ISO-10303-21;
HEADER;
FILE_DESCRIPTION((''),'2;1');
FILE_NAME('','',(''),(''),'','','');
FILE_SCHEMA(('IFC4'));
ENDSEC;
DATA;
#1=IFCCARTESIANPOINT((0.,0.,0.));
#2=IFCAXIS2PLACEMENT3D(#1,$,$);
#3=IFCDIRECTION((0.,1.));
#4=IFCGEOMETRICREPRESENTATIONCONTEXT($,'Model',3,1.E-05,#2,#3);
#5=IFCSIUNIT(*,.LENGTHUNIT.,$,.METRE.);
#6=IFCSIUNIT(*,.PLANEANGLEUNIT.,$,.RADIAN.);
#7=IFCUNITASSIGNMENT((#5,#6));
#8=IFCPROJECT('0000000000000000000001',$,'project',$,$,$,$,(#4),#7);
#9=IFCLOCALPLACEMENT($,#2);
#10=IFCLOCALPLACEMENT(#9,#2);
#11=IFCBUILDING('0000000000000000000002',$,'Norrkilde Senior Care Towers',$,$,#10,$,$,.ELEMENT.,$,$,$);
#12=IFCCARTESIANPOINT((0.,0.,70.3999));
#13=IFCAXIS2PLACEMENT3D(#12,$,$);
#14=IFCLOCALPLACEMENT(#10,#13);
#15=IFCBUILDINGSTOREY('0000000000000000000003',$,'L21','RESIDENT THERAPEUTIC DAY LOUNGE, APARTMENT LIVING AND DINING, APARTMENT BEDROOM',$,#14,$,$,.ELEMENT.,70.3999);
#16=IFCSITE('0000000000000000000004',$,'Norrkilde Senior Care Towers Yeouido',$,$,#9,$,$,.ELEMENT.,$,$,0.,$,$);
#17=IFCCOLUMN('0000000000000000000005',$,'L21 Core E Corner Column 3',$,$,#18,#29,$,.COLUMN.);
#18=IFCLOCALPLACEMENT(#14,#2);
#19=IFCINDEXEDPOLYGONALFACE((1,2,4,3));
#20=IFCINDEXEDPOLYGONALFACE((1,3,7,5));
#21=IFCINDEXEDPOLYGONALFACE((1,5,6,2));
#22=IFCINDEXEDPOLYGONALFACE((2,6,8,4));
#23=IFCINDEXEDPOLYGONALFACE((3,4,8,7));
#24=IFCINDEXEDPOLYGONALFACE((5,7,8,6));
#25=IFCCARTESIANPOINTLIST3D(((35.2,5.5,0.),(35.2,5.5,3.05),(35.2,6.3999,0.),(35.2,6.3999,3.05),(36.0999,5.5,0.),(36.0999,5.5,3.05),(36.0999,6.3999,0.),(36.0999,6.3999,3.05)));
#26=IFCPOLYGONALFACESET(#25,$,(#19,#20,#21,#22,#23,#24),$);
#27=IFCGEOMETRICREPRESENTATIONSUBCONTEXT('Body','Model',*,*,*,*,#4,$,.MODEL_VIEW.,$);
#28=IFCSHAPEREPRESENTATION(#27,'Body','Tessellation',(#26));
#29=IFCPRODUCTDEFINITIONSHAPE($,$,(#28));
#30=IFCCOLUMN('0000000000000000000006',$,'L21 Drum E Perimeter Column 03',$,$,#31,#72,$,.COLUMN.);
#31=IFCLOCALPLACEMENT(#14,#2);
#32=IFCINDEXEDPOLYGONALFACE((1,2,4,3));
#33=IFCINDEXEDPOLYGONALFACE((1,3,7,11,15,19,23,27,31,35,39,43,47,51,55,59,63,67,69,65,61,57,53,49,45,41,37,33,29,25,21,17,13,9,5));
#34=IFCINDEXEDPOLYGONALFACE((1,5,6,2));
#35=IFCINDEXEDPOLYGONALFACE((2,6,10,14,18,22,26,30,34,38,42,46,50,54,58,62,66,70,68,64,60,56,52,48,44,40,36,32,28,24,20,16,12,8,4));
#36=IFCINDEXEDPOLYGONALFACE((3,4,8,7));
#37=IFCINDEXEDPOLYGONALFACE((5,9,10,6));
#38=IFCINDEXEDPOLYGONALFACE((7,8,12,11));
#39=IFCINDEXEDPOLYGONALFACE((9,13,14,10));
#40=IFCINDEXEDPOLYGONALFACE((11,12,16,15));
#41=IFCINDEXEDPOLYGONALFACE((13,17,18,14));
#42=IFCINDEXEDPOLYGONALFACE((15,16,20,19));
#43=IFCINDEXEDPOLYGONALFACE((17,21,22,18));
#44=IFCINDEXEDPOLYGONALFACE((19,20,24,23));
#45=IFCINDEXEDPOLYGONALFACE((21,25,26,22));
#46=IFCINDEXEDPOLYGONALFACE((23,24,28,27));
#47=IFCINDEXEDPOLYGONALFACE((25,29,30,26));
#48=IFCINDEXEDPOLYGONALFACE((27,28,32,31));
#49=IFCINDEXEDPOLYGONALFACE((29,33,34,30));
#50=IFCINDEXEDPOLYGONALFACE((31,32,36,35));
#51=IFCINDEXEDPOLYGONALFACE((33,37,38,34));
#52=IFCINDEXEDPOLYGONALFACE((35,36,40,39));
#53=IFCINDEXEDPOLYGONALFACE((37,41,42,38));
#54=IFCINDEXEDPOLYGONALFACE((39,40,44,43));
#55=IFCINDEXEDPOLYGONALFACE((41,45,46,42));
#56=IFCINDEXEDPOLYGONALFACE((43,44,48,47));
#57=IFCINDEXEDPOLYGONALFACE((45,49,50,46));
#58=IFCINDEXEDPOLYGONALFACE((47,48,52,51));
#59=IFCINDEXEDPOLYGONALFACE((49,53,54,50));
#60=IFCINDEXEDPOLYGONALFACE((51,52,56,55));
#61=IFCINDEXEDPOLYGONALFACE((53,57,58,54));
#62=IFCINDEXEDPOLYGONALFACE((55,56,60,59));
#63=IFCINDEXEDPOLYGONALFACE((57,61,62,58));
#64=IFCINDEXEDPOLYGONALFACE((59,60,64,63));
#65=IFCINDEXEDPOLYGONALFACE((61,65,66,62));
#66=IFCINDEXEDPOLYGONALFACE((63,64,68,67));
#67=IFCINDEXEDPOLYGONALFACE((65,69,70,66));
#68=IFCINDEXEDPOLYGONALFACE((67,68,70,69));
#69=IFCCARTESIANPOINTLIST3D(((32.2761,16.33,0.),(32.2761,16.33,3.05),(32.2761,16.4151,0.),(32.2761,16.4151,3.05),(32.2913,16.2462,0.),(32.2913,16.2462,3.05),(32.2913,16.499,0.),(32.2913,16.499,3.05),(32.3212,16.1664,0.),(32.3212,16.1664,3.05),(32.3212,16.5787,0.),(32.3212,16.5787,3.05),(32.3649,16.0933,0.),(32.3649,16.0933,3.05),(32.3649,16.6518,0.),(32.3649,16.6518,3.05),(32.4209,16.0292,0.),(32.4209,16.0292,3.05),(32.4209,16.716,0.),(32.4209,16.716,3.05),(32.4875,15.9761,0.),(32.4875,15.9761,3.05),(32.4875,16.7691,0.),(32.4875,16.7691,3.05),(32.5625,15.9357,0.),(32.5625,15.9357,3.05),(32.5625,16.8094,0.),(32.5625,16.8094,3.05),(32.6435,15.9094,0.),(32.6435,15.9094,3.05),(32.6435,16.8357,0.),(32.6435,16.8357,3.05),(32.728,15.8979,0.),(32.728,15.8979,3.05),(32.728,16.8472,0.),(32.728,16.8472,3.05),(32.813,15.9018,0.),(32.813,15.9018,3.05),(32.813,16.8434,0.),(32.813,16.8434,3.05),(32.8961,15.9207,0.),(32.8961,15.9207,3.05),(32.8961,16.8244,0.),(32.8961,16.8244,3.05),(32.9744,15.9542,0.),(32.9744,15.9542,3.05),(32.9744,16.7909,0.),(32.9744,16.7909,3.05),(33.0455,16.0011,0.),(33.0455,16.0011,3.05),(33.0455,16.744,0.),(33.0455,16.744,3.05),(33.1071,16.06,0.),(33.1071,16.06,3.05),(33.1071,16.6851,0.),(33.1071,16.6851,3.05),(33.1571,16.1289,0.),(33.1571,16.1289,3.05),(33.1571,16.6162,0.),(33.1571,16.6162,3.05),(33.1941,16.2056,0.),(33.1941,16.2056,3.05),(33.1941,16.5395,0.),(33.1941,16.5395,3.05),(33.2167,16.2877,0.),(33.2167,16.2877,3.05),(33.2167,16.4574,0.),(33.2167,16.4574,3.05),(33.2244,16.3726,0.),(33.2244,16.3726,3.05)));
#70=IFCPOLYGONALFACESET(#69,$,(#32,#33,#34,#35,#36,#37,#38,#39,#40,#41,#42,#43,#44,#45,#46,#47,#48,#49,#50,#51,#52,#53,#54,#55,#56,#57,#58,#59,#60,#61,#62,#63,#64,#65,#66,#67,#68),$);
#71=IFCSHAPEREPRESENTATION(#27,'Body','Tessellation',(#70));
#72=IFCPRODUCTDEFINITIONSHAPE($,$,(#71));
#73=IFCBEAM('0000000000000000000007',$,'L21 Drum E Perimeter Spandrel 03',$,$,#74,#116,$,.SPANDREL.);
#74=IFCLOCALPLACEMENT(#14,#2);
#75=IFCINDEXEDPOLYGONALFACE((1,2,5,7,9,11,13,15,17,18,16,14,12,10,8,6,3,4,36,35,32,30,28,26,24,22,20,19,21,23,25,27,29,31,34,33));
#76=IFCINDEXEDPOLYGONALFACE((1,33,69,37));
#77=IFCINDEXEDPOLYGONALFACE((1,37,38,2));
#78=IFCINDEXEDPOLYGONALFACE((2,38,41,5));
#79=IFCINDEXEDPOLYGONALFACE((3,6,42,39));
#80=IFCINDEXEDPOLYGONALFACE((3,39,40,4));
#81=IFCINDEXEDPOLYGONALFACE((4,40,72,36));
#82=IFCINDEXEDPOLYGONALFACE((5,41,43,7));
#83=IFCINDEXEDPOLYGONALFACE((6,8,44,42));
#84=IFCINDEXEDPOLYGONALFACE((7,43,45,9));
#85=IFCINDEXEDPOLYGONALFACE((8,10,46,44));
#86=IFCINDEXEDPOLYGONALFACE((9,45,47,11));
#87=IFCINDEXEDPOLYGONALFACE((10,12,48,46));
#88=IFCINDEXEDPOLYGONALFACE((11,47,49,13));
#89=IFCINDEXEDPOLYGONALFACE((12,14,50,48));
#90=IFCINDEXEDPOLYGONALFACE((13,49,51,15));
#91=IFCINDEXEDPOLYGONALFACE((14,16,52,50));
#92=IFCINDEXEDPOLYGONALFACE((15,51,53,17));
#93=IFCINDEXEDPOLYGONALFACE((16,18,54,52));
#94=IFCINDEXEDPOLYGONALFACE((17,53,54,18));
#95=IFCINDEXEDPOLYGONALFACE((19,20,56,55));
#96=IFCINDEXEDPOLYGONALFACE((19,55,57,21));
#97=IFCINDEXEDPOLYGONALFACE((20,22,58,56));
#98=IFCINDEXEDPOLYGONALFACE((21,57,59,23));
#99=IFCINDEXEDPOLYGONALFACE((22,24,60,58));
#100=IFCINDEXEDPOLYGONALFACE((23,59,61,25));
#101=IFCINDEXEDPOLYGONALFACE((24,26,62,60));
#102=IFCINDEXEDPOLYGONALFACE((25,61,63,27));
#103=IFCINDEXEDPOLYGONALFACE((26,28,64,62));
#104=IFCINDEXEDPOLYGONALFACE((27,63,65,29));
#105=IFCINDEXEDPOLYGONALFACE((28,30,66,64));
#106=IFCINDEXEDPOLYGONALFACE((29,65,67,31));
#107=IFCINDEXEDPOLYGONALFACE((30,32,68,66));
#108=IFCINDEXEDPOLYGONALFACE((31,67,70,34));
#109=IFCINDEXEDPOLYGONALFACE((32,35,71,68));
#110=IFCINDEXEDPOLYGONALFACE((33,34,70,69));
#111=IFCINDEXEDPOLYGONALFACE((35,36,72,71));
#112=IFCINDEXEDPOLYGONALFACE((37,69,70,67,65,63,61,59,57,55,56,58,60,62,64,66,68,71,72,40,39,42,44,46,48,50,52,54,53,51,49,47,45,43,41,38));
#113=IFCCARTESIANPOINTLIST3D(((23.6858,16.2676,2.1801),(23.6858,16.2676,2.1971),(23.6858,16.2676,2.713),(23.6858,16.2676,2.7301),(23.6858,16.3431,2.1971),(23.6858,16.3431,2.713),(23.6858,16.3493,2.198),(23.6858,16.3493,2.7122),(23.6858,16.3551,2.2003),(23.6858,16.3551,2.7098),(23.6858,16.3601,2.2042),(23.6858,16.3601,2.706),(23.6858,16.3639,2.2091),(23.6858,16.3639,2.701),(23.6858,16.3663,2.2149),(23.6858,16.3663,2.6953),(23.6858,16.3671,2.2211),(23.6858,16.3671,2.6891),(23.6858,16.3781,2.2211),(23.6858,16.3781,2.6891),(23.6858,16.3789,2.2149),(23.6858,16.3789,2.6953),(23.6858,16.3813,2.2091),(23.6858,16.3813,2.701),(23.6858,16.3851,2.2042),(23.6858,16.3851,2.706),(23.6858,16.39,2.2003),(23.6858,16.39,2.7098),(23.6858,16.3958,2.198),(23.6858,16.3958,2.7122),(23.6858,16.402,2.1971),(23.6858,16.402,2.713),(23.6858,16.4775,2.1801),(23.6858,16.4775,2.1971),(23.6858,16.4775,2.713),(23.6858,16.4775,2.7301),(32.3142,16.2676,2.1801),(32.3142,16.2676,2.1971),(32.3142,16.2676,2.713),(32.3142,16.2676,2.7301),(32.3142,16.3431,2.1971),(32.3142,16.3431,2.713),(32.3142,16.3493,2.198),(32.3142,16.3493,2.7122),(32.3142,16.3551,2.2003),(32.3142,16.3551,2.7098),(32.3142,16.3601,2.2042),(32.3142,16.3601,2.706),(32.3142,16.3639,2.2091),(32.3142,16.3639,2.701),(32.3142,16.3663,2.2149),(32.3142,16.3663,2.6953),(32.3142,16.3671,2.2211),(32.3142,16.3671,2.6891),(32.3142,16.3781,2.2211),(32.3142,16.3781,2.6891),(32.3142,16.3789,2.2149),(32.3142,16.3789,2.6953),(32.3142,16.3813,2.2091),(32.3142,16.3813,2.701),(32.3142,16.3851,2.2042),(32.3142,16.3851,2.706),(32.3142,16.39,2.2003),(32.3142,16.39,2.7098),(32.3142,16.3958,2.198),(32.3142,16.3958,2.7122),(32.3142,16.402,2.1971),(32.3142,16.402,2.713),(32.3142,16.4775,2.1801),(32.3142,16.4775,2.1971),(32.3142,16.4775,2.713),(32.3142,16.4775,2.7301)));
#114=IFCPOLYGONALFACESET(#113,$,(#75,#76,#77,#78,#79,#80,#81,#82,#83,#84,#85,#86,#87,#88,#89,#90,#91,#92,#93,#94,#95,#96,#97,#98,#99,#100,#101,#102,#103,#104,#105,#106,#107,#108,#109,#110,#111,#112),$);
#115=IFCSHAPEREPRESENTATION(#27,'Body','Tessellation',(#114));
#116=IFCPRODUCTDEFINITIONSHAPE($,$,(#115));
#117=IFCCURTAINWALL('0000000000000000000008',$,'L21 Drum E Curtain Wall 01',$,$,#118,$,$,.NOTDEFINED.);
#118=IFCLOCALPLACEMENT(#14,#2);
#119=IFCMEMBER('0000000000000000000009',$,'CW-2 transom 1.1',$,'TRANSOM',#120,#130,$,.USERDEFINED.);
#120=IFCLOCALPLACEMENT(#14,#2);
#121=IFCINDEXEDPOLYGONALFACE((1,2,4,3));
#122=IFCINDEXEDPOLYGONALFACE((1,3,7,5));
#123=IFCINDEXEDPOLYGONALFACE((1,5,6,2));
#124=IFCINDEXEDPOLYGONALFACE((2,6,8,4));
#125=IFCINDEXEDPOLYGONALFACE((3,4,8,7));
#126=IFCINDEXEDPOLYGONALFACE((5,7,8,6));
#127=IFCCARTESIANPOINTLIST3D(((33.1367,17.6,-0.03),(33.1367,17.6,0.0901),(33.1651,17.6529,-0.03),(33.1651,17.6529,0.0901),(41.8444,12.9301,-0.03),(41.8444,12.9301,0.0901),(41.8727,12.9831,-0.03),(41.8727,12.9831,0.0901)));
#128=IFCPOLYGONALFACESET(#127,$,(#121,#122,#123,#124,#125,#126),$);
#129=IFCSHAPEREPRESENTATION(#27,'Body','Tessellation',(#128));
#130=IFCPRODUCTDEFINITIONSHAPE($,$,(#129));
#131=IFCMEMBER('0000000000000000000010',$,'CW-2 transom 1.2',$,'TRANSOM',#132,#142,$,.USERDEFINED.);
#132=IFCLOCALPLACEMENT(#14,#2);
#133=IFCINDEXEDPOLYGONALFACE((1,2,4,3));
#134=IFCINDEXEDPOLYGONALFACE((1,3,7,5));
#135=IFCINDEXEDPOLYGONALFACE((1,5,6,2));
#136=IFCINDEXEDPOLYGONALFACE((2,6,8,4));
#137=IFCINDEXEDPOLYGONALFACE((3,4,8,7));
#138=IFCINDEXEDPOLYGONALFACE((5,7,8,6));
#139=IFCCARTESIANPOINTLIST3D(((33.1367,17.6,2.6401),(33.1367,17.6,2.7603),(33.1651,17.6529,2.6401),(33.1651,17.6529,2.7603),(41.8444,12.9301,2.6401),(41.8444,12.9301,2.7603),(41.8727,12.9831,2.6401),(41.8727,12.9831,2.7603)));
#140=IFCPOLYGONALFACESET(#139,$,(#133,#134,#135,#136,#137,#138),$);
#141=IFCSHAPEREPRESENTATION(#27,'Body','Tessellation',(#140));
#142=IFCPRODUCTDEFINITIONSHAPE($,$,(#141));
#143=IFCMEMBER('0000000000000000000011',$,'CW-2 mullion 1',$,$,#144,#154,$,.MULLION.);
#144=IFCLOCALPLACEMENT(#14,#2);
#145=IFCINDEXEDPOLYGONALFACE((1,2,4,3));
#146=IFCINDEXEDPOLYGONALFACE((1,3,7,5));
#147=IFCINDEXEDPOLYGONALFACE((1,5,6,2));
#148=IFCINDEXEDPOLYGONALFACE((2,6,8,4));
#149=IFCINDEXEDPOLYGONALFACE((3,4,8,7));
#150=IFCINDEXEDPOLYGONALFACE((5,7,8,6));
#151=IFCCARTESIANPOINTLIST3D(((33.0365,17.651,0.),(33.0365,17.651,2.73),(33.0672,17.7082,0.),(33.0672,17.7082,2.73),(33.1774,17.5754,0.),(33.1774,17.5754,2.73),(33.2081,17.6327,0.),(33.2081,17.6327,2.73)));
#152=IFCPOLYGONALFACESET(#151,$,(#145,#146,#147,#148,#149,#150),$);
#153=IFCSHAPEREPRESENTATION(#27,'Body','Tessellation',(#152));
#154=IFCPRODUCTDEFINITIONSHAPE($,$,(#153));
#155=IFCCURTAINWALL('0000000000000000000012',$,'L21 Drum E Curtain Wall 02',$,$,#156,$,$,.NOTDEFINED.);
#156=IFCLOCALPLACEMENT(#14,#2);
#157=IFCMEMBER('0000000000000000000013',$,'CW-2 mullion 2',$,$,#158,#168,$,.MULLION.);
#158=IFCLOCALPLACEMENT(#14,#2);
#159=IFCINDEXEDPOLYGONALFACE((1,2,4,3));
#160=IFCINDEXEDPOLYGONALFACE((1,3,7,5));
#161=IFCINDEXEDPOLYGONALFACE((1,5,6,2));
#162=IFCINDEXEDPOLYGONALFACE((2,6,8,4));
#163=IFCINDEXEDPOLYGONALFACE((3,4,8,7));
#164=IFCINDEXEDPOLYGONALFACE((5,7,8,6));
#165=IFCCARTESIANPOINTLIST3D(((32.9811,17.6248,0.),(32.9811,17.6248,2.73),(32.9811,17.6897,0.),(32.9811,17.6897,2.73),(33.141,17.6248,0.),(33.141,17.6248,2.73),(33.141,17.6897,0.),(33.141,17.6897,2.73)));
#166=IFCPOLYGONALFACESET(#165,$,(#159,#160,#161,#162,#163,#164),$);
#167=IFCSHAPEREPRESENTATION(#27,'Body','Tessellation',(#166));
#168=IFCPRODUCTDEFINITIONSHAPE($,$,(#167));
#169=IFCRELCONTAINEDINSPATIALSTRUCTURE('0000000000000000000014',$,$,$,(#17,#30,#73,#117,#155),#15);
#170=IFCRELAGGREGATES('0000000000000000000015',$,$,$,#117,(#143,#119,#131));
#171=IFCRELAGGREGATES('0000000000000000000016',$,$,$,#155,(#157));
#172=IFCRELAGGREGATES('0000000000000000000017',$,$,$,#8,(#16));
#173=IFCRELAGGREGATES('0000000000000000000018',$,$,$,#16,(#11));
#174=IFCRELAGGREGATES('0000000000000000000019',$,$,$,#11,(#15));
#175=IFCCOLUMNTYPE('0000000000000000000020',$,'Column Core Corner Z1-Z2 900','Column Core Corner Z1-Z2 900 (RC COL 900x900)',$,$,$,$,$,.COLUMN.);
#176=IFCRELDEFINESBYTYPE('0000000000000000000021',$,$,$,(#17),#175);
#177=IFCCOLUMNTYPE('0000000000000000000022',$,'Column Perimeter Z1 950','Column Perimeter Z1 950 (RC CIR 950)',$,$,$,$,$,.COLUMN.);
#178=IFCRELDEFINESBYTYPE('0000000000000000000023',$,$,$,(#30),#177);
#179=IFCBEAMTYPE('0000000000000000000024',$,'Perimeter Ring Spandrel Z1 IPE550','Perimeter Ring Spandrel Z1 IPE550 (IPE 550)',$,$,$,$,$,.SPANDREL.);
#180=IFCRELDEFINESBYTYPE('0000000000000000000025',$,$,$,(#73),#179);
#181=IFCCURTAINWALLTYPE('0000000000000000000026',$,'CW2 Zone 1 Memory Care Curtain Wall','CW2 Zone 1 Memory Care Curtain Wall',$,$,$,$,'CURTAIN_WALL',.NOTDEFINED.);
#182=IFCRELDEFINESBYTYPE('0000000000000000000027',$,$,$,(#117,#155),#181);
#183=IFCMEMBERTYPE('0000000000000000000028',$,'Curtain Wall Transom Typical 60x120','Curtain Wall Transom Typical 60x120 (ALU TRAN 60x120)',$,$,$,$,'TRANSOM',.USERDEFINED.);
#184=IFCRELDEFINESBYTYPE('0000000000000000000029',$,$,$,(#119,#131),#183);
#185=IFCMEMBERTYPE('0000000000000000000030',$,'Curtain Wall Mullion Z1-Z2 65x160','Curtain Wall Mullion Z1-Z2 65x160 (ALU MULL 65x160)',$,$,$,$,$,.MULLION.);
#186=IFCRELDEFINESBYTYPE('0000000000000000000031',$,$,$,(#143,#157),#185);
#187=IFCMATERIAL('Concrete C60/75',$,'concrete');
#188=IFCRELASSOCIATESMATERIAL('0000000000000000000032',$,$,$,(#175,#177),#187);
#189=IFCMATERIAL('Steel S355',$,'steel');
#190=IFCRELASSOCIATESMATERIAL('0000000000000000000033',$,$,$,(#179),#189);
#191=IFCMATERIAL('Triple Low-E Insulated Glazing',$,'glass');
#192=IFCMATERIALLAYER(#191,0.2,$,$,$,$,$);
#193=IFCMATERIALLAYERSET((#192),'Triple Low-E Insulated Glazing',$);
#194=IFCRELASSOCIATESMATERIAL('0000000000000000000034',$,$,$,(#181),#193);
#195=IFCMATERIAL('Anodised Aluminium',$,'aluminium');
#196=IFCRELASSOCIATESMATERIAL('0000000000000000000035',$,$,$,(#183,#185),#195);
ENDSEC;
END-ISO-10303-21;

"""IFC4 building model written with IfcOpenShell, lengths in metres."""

from ifc_helpers import new_model, si_unit, direction, frame, origin, origin_2d, place, context, subcontext, project, spatial, rectangle, circle, i_section, extrude, source, transform, mapped, material, layer, layer_set, material_profile, profile_set, type_object, type_shapes, element, aggregate, save


model = new_model("IFC4")

# Units and contexts
model_context = context("Model", 3, precision=1e-05, world=origin(), true_north=direction((0.0, 1.0)))
body_context = subcontext(model_context, "Body", "Model", "MODEL_VIEW")
ifc_project = project(units=[si_unit("LENGTHUNIT", "METRE"), si_unit("PLANEANGLEUNIT", "RADIAN")], contexts=[model_context])

# Site, building, storey
site_placement = place(None, origin())
site = spatial("IfcSite", under=ifc_project, at=site_placement, Name="Norrkilde Senior Care Towers Yeouido", CompositionType="ELEMENT", RefElevation=0.0)
building_placement = place(site_placement, origin())
building = spatial("IfcBuilding", under=site, at=building_placement, Name="Norrkilde Senior Care Towers", CompositionType="ELEMENT")
storey_placement = place(building_placement, frame((0.0, 0.0, 70.3999)))
storey = spatial("IfcBuildingStorey", under=building, at=storey_placement, Name="L21", Description="RESIDENT THERAPEUTIC DAY LOUNGE, APARTMENT LIVING AND DINING, APARTMENT BEDROOM", CompositionType="ELEMENT", Elevation=70.3999)

# Columns
ifc_material_1 = material(Name="Concrete C60/75", Category="concrete")
ifc_material_profile_1 = material_profile(ifc_material_1, rectangle(XDim=0.8999, YDim=0.8999, at=origin_2d()), Name="RC COL 900x900")
ifc_profile_set_1 = profile_set([ifc_material_profile_1], Name="Concrete C60/75")
column_type_1 = type_object("IfcColumnType", Name="Column Core Corner Z1-Z2 900", Description="Column Core Corner Z1-Z2 900 (RC COL 900x900)", PredefinedType="COLUMN", material=ifc_profile_set_1)
shared_shape_1 = source(origin(), body_context, "Body", "SweptSolid", [
    extrude(rectangle(XDim=0.8999, YDim=0.8999, at=origin_2d()), origin(), (0.0, 0.0, 1.0), 3.05),
])
type_shapes(column_type_1, [shared_shape_1])
column_1_placement = place(storey_placement, frame((35.6499, 5.95, 0.0), z_axis=(0.0, 0.0, 1.0), x_axis=(1.0, 0.0, 0.0)))
element("IfcColumn", 1, at=column_1_placement, inside=storey, type_object=column_type_1, Name="L21 Core E Corner Column 3", PredefinedType="COLUMN", context=body_context, shape_type="MappedRepresentation", body=[
    mapped(shared_shape_1, transform((0.0, 0.0, 0.0), x_axis=(1.0, 0.0, 0.0), y_axis=(0.0, 1.0, 0.0), z_axis=(0.0, 0.0, 1.0), scale=1.0)),
])
ifc_material_profile_2 = material_profile(ifc_material_1, circle(Radius=0.4751, at=origin_2d()), Name="RC CIR 950")
ifc_profile_set_2 = profile_set([ifc_material_profile_2], Name="Concrete C60/75")
column_type_2 = type_object("IfcColumnType", Name="Column Perimeter Z1 950", Description="Column Perimeter Z1 950 (RC CIR 950)", PredefinedType="COLUMN", material=ifc_profile_set_2)
shared_shape_2 = source(origin(), body_context, "Body", "SweptSolid", [
    extrude(circle(Radius=0.4751, at=origin_2d()), origin(), (0.0, 0.0, 1.0), 3.05),
])
type_shapes(column_type_2, [shared_shape_2])
column_2_placement = place(storey_placement, frame((32.7493, 16.3726, 0.0), z_axis=(0.0, 0.0, 1.0), x_axis=(1.0, 0.0, 0.0)))
element("IfcColumn", 2, at=column_2_placement, inside=storey, type_object=column_type_2, Name="L21 Drum E Perimeter Column 03", PredefinedType="COLUMN", context=body_context, shape_type="MappedRepresentation", body=[
    mapped(shared_shape_2, transform((0.0, 0.0, 0.0), x_axis=(1.0, 0.0, 0.0), y_axis=(0.0, 1.0, 0.0), z_axis=(0.0, 0.0, 1.0), scale=1.0)),
])

# Beam
ifc_material_2 = material(Name="Steel S355", Category="steel")
ifc_material_profile_3 = material_profile(ifc_material_2, i_section(OverallWidth=0.21, OverallDepth=0.55, WebThickness=0.011, FlangeThickness=0.0171, FilletRadius=0.0239, at=origin_2d()), Name="IPE 550")
ifc_profile_set_3 = profile_set([ifc_material_profile_3], Name="Steel S355")
beam_type = type_object("IfcBeamType", Name="Perimeter Ring Spandrel Z1 IPE550", Description="Perimeter Ring Spandrel Z1 IPE550 (IPE 550)", PredefinedType="SPANDREL", material=ifc_profile_set_3)
shared_shape_3 = source(origin(), body_context, "Body", "SweptSolid", [
    extrude(i_section(OverallWidth=0.21, OverallDepth=0.55, WebThickness=0.011, FlangeThickness=0.0171, FilletRadius=0.0239, at=origin_2d()), origin(), (0.0, 0.0, 1.0), 8.6284),
])
type_shapes(beam_type, [shared_shape_3])
beam_placement = place(storey_placement, frame((32.3142, 16.3726, 2.4551), z_axis=(-1.0, 0.0, 0.0), x_axis=(0.0, -1.0, 0.0)))
element("IfcBeam", 3, at=beam_placement, inside=storey, type_object=beam_type, Name="L21 Drum E Perimeter Spandrel 03", PredefinedType="SPANDREL", context=body_context, shape_type="MappedRepresentation", body=[
    mapped(shared_shape_3, transform((0.0, 0.0, 0.0), x_axis=(1.0, 0.0, 0.0), y_axis=(0.0, 1.0, 0.0), z_axis=(0.0, 0.0, 1.0), scale=1.0)),
])

# Curtain wall, members
ifc_material_3 = material(Name="Triple Low-E Insulated Glazing", Category="glass")
ifc_layer_1 = layer(ifc_material_3, 0.2)
ifc_layer_set_1 = layer_set([ifc_layer_1], Name="Triple Low-E Insulated Glazing")
curtain_wall_type = type_object("IfcCurtainWallType", Name="CW2 Zone 1 Memory Care Curtain Wall", Description="CW2 Zone 1 Memory Care Curtain Wall", ElementType="CURTAIN_WALL", PredefinedType="NOTDEFINED", material=ifc_layer_set_1)
curtain_wall_1_placement = place(storey_placement, origin())
curtain_wall_1 = element("IfcCurtainWall", 4, at=curtain_wall_1_placement, inside=storey, type_object=curtain_wall_type, Name="L21 Drum E Curtain Wall 01", PredefinedType="NOTDEFINED")
ifc_material_4 = material(Name="Anodised Aluminium", Category="aluminium")
ifc_material_profile_4 = material_profile(ifc_material_4, rectangle(XDim=0.0601, YDim=0.1201, at=origin_2d()), Name="ALU TRAN 60x120")
ifc_profile_set_4 = profile_set([ifc_material_profile_4], Name="Anodised Aluminium")
member_type_1 = type_object("IfcMemberType", Name="Curtain Wall Transom Typical 60x120", Description="Curtain Wall Transom Typical 60x120 (ALU TRAN 60x120)", ElementType="TRANSOM", PredefinedType="USERDEFINED", material=ifc_profile_set_4)
shared_shape_4 = source(origin(), body_context, "Body", "SweptSolid", [
    extrude(rectangle(XDim=0.0601, YDim=0.1201, at=origin_2d()), origin(), (0.0, 0.0, 1.0), 9.8809),
])
type_shapes(member_type_1, [shared_shape_4])
member_1_placement = place(storey_placement, frame((33.1509, 17.6265, 0.03), z_axis=(0.881267, -0.472618, 0.0), x_axis=(0.472618, 0.881267, 0.0)))
member_1 = element("IfcMember", 5, at=member_1_placement, type_object=member_type_1, Name="CW-2 transom 1.1", ObjectType="TRANSOM", PredefinedType="USERDEFINED", context=body_context, shape_type="MappedRepresentation", body=[
    mapped(shared_shape_4, transform((0.0, 0.0, 0.0), x_axis=(1.0, 0.0, 0.0), y_axis=(0.0, 1.0, 0.0), z_axis=(0.0, 0.0, 1.0), scale=1.0)),
])
member_2_placement = place(storey_placement, frame((33.1509, 17.6265, 2.7002), z_axis=(0.881267, -0.472618, 0.0), x_axis=(0.472618, 0.881267, 0.0)))
member_2 = element("IfcMember", 6, at=member_2_placement, type_object=member_type_1, Name="CW-2 transom 1.2", ObjectType="TRANSOM", PredefinedType="USERDEFINED", context=body_context, shape_type="MappedRepresentation", body=[
    mapped(shared_shape_4, transform((0.0, 0.0, 0.0), x_axis=(1.0, 0.0, 0.0), y_axis=(0.0, 1.0, 0.0), z_axis=(0.0, 0.0, 1.0), scale=1.0)),
])
ifc_material_profile_5 = material_profile(ifc_material_4, rectangle(XDim=0.0649, YDim=0.1599, at=origin_2d()), Name="ALU MULL 65x160")
ifc_profile_set_5 = profile_set([ifc_material_profile_5], Name="Anodised Aluminium")
member_type_2 = type_object("IfcMemberType", Name="Curtain Wall Mullion Z1-Z2 65x160", Description="Curtain Wall Mullion Z1-Z2 65x160 (ALU MULL 65x160)", PredefinedType="MULLION", material=ifc_profile_set_5)
shared_shape_5 = source(origin(), body_context, "Body", "SweptSolid", [
    extrude(rectangle(XDim=0.0649, YDim=0.1599, at=origin_2d()), origin(), (0.0, 0.0, 1.0), 2.73),
])
type_shapes(member_type_2, [shared_shape_5])
member_3_placement = place(storey_placement, frame((33.1223, 17.6418, 0.0), z_axis=(0.0, 0.0, 1.0), x_axis=(0.472608, 0.881273, 0.0)))
member_3 = element("IfcMember", 7, at=member_3_placement, type_object=member_type_2, Name="CW-2 mullion 1", PredefinedType="MULLION", context=body_context, shape_type="MappedRepresentation", body=[
    mapped(shared_shape_5, transform((0.0, 0.0, 0.0), x_axis=(1.0, 0.0, 0.0), y_axis=(0.0, 1.0, 0.0), z_axis=(0.0, 0.0, 1.0), scale=1.0)),
])
aggregate(curtain_wall_1, [member_3, member_1, member_2])

# Curtain wall, member
curtain_wall_2_placement = place(storey_placement, origin())
curtain_wall_2 = element("IfcCurtainWall", 8, at=curtain_wall_2_placement, inside=storey, type_object=curtain_wall_type, Name="L21 Drum E Curtain Wall 02", PredefinedType="NOTDEFINED")
member_4_placement = place(storey_placement, frame((33.061, 17.6572, 0.0), z_axis=(0.0, 0.0, 1.0), x_axis=(0.0, 1.0, 0.0)))
member_4 = element("IfcMember", 9, at=member_4_placement, type_object=member_type_2, Name="CW-2 mullion 2", PredefinedType="MULLION", context=body_context, shape_type="MappedRepresentation", body=[
    mapped(shared_shape_5, transform((0.0, 0.0, 0.0), x_axis=(1.0, 0.0, 0.0), y_axis=(0.0, 1.0, 0.0), z_axis=(0.0, 0.0, 1.0), scale=1.0)),
])
aggregate(curtain_wall_2, [member_4])

save(model, "model.ifc")
